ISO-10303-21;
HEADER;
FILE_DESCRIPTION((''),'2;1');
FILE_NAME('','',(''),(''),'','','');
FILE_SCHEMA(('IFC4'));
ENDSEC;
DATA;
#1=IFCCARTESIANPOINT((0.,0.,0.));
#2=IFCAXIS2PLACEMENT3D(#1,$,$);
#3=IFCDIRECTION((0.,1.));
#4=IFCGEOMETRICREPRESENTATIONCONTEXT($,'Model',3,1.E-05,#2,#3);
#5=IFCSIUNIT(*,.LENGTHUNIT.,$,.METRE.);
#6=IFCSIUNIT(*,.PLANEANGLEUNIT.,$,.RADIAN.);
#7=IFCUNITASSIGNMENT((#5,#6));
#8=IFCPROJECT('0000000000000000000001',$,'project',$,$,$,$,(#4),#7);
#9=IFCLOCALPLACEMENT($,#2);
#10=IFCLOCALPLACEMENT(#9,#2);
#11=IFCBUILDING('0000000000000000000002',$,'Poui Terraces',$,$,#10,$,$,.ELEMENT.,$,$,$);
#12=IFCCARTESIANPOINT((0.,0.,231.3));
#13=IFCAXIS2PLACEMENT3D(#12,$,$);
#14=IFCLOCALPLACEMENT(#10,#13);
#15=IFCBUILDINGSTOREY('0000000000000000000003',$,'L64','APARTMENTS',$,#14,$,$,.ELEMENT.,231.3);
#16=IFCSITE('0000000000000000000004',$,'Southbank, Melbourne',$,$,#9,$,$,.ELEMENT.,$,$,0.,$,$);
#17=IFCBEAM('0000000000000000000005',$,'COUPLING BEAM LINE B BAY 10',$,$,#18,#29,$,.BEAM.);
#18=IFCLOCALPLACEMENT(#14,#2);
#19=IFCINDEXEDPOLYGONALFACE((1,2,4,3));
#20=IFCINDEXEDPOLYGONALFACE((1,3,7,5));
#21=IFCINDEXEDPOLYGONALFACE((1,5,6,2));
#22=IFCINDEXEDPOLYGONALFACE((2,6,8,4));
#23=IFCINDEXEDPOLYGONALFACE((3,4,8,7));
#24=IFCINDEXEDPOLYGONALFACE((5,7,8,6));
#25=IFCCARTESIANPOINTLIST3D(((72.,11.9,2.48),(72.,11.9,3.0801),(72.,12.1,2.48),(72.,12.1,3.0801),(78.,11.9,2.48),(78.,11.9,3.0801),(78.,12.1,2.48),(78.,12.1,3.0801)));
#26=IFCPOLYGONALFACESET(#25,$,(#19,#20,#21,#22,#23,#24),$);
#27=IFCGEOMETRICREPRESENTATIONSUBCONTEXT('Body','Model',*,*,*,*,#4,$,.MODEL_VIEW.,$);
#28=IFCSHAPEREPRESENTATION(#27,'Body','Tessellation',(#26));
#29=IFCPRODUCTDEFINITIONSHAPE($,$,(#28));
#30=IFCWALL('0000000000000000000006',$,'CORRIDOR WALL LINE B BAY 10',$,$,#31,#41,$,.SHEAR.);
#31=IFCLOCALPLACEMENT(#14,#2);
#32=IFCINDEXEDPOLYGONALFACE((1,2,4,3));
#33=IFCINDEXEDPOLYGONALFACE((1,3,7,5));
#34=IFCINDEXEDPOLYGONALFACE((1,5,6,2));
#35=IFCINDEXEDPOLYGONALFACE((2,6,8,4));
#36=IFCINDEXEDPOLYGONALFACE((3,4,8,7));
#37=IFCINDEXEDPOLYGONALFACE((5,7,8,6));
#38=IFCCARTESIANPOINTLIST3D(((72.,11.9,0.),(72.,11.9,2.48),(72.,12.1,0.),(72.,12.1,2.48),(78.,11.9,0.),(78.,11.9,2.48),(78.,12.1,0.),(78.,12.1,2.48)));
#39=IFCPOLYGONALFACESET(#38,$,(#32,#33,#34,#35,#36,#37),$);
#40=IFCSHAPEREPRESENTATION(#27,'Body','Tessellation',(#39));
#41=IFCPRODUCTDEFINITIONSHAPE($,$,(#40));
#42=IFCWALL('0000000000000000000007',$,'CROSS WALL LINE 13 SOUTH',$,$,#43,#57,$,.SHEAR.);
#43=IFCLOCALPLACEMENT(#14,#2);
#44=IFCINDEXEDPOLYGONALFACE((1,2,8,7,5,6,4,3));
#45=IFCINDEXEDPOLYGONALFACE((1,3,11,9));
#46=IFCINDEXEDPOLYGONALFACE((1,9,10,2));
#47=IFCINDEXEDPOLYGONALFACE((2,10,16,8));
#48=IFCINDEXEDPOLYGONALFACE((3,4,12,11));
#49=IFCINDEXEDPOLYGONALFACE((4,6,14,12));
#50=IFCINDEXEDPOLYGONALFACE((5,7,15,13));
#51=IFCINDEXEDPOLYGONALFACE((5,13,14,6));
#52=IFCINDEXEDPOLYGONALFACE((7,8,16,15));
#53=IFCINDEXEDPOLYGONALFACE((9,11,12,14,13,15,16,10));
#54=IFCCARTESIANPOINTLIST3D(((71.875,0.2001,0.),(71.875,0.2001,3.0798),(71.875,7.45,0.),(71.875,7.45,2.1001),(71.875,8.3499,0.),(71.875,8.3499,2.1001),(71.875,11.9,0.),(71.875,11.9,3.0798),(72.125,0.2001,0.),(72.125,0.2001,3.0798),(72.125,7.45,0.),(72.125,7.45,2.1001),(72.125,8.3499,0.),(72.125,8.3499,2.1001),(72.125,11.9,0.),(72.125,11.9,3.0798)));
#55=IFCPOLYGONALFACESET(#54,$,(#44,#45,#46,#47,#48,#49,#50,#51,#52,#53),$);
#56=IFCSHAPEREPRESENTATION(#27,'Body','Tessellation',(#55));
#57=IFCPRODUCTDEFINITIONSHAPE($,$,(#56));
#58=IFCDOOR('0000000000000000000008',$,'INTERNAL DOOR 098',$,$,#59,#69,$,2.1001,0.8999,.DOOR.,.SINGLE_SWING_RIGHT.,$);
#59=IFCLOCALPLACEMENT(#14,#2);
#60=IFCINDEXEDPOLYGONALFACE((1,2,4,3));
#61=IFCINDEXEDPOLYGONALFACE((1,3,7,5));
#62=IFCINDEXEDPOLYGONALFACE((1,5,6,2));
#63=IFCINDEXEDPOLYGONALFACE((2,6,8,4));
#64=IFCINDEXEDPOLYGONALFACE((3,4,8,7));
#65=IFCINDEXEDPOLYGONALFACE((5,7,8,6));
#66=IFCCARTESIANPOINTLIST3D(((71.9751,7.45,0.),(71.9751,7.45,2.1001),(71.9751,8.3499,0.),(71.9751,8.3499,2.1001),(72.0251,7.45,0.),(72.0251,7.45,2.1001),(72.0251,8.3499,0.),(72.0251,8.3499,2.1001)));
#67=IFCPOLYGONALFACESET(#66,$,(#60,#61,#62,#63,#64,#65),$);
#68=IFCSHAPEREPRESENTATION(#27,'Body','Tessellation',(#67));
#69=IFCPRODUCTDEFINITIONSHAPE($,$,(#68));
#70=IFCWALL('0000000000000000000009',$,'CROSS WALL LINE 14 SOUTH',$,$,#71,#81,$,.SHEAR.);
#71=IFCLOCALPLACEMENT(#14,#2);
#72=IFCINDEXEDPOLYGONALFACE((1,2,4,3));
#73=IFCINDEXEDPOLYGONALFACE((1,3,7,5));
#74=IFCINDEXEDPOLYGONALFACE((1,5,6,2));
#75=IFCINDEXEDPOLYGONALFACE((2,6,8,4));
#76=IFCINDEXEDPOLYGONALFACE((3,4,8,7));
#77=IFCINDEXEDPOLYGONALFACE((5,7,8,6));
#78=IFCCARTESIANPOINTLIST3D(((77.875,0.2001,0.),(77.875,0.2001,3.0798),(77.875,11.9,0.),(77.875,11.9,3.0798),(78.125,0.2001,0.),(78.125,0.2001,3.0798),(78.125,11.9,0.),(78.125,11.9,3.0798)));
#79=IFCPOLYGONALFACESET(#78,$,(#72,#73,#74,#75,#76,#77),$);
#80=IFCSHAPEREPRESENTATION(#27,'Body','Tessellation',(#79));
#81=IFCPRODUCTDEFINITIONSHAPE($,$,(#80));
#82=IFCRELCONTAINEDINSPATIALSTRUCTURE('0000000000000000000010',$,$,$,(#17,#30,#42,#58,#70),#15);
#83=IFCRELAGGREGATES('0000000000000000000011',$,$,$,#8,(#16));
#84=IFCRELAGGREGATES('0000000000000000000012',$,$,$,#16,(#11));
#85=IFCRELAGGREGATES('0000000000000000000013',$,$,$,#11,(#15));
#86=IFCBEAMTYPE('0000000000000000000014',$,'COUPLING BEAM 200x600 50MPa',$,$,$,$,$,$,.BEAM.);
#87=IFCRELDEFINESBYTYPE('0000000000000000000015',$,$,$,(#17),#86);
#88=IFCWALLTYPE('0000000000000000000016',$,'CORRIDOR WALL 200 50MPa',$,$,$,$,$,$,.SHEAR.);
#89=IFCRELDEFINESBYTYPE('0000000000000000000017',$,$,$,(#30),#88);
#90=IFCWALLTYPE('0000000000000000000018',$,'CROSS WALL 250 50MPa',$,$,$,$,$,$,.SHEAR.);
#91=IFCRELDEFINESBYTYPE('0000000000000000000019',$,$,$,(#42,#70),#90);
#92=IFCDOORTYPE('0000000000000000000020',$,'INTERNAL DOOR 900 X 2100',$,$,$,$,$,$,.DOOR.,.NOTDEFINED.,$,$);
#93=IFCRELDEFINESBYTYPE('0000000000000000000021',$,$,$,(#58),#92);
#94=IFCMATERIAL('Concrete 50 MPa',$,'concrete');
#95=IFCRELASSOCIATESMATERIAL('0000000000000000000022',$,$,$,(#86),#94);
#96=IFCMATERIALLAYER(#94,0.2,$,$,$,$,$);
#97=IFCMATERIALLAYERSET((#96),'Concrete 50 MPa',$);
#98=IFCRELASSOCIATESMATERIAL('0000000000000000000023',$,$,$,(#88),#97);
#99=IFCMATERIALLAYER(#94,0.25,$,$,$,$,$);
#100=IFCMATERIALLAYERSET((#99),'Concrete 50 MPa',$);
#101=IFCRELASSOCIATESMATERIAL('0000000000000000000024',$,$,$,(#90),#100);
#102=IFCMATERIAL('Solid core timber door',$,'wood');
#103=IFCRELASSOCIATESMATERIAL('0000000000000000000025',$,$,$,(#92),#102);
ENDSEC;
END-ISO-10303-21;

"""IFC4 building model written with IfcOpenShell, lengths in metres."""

from ifc_helpers import new_model, si_unit, direction, frame, frame_2d, origin, origin_2d, place, context, subcontext, project, spatial, rectangle, extrude, source, transform, mapped, material, layer, layer_set, material_profile, profile_set, type_object, element, fill, save


model = new_model("IFC4")

# Units and contexts
model_context = context("Model", 3, precision=1e-05, world=origin(), true_north=direction((0.0, 1.0)))
body_context = subcontext(model_context, "Body", "Model", "MODEL_VIEW")
ifc_project = project(units=[si_unit("LENGTHUNIT", "METRE"), si_unit("PLANEANGLEUNIT", "RADIAN")], contexts=[model_context])

# Site, building, storey
site_placement = place(None, origin())
site = spatial("IfcSite", under=ifc_project, at=site_placement, Name="Southbank, Melbourne", CompositionType="ELEMENT", RefElevation=0.0)
building_placement = place(site_placement, origin())
building = spatial("IfcBuilding", under=site, at=building_placement, Name="Poui Terraces", CompositionType="ELEMENT")
storey_placement = place(building_placement, frame((0.0, 0.0, 231.3)))
storey = spatial("IfcBuildingStorey", under=building, at=storey_placement, Name="L64", Description="APARTMENTS", CompositionType="ELEMENT", Elevation=231.3)

# Beam
ifc_material_1 = material(Name="Concrete 50 MPa", Category="concrete")
ifc_material_profile = material_profile(ifc_material_1, rectangle(XDim=0.2, YDim=0.6001, at=origin_2d()), Name="RC 200x600")
ifc_profile_set = profile_set([ifc_material_profile], Name="Concrete 50 MPa")
beam_type = type_object("IfcBeamType", Name="COUPLING BEAM 200x600 50MPa", PredefinedType="BEAM", material=ifc_profile_set)
shared_shape = source(origin(), body_context, "Body", "SweptSolid", [
    extrude(rectangle(XDim=0.2, YDim=0.6001, at=origin_2d()), origin(), (0.0, 0.0, 1.0), 6.0),
])
beam_placement = place(storey_placement, frame((72.0, 12.0, 2.78), z_axis=(1.0, 0.0, 0.0), x_axis=(0.0, 1.0, 0.0)))
element("IfcBeam", 1, at=beam_placement, inside=storey, type_object=beam_type, Name="COUPLING BEAM LINE B BAY 10", PredefinedType="BEAM", context=body_context, shape_type="MappedRepresentation", body=[
    mapped(shared_shape, transform((0.0, 0.0, 0.0))),
])

# Wall
ifc_layer_1 = layer(ifc_material_1, 0.2)
ifc_layer_set_1 = layer_set([ifc_layer_1], Name="Concrete 50 MPa")
wall_type_1 = type_object("IfcWallType", Name="CORRIDOR WALL 200 50MPa", PredefinedType="SHEAR", material=ifc_layer_set_1)
wall_1_placement = place(storey_placement, frame((72.0, 12.0, 0.0), z_axis=(0.0, 0.0, 1.0), x_axis=(1.0, 0.0, 0.0)))
element("IfcWall", 2, at=wall_1_placement, inside=storey, type_object=wall_type_1, Name="CORRIDOR WALL LINE B BAY 10", PredefinedType="SHEAR", context=body_context, shape_type="SweptSolid", body=[
    extrude(rectangle(XDim=6.0, YDim=0.2, at=frame_2d((3.0, 0.0))), origin(), (0.0, 0.0, 1.0), 2.48),
])

# Wall, opening, door
ifc_layer_2 = layer(ifc_material_1, 0.25)
ifc_layer_set_2 = layer_set([ifc_layer_2], Name="Concrete 50 MPa")
wall_type_2 = type_object("IfcWallType", Name="CROSS WALL 250 50MPa", PredefinedType="SHEAR", material=ifc_layer_set_2)
wall_2_placement = place(storey_placement, frame((72.0, 0.2, 0.0), z_axis=(0.0, 0.0, 1.0), x_axis=(0.0, 1.0, 0.0)))
wall_2 = element("IfcWall", 3, at=wall_2_placement, inside=storey, type_object=wall_type_2, Name="CROSS WALL LINE 13 SOUTH", PredefinedType="SHEAR", context=body_context, shape_type="SweptSolid", body=[
    extrude(rectangle(XDim=11.7, YDim=0.25, at=frame_2d((5.8501, 0.0))), origin(), (0.0, 0.0, 1.0), 3.0798),
])
opening_1_placement = place(wall_2_placement, frame((7.25, 0.0, 0.0)))
opening_1 = element("IfcOpeningElement", 4, at=opening_1_placement, cuts=wall_2, PredefinedType="OPENING", context=body_context, shape_type="SweptSolid", body=[
    extrude(rectangle(XDim=0.8999, YDim=2.1001, at=frame_2d((0.45, 1.05))), frame((0.0, 0.135, 0.0), z_axis=(0.0, -1.0, 0.0), x_axis=(1.0, 0.0, 0.0)), (0.0, 0.0, 1.0), 0.27),
])
ifc_material_2 = material(Name="Solid core timber door", Category="wood")
door_type_1 = type_object("IfcDoorType", Name="INTERNAL DOOR 900 X 2100", OperationType="NOTDEFINED", PredefinedType="DOOR", material=ifc_material_2)
door_1_placement = place(opening_1_placement, origin())
door_1 = element("IfcDoor", 5, at=door_1_placement, inside=storey, type_object=door_type_1, Name="INTERNAL DOOR 098", OperationType="SINGLE_SWING_RIGHT", OverallHeight=2.1001, OverallWidth=0.8999, PredefinedType="DOOR", context=body_context, shape_type="SweptSolid", body=[
    extrude(rectangle(XDim=0.8999, YDim=2.1001, at=frame_2d((0.45, 1.05))), frame((0.0, 0.0249, 0.0), z_axis=(0.0, -1.0, 0.0), x_axis=(1.0, 0.0, 0.0)), (0.0, 0.0, 1.0), 0.05),
])
fill(opening_1, door_1)

# Wall
wall_3_placement = place(storey_placement, frame((78.0, 0.2, 0.0), z_axis=(0.0, 0.0, 1.0), x_axis=(0.0, 1.0, 0.0)))
element("IfcWall", 6, at=wall_3_placement, inside=storey, type_object=wall_type_2, Name="CROSS WALL LINE 14 SOUTH", PredefinedType="SHEAR", context=body_context, shape_type="SweptSolid", body=[
    extrude(rectangle(XDim=11.7, YDim=0.25, at=frame_2d((5.8501, 0.0))), origin(), (0.0, 0.0, 1.0), 3.0798),
])

save(model, "model.ifc")
